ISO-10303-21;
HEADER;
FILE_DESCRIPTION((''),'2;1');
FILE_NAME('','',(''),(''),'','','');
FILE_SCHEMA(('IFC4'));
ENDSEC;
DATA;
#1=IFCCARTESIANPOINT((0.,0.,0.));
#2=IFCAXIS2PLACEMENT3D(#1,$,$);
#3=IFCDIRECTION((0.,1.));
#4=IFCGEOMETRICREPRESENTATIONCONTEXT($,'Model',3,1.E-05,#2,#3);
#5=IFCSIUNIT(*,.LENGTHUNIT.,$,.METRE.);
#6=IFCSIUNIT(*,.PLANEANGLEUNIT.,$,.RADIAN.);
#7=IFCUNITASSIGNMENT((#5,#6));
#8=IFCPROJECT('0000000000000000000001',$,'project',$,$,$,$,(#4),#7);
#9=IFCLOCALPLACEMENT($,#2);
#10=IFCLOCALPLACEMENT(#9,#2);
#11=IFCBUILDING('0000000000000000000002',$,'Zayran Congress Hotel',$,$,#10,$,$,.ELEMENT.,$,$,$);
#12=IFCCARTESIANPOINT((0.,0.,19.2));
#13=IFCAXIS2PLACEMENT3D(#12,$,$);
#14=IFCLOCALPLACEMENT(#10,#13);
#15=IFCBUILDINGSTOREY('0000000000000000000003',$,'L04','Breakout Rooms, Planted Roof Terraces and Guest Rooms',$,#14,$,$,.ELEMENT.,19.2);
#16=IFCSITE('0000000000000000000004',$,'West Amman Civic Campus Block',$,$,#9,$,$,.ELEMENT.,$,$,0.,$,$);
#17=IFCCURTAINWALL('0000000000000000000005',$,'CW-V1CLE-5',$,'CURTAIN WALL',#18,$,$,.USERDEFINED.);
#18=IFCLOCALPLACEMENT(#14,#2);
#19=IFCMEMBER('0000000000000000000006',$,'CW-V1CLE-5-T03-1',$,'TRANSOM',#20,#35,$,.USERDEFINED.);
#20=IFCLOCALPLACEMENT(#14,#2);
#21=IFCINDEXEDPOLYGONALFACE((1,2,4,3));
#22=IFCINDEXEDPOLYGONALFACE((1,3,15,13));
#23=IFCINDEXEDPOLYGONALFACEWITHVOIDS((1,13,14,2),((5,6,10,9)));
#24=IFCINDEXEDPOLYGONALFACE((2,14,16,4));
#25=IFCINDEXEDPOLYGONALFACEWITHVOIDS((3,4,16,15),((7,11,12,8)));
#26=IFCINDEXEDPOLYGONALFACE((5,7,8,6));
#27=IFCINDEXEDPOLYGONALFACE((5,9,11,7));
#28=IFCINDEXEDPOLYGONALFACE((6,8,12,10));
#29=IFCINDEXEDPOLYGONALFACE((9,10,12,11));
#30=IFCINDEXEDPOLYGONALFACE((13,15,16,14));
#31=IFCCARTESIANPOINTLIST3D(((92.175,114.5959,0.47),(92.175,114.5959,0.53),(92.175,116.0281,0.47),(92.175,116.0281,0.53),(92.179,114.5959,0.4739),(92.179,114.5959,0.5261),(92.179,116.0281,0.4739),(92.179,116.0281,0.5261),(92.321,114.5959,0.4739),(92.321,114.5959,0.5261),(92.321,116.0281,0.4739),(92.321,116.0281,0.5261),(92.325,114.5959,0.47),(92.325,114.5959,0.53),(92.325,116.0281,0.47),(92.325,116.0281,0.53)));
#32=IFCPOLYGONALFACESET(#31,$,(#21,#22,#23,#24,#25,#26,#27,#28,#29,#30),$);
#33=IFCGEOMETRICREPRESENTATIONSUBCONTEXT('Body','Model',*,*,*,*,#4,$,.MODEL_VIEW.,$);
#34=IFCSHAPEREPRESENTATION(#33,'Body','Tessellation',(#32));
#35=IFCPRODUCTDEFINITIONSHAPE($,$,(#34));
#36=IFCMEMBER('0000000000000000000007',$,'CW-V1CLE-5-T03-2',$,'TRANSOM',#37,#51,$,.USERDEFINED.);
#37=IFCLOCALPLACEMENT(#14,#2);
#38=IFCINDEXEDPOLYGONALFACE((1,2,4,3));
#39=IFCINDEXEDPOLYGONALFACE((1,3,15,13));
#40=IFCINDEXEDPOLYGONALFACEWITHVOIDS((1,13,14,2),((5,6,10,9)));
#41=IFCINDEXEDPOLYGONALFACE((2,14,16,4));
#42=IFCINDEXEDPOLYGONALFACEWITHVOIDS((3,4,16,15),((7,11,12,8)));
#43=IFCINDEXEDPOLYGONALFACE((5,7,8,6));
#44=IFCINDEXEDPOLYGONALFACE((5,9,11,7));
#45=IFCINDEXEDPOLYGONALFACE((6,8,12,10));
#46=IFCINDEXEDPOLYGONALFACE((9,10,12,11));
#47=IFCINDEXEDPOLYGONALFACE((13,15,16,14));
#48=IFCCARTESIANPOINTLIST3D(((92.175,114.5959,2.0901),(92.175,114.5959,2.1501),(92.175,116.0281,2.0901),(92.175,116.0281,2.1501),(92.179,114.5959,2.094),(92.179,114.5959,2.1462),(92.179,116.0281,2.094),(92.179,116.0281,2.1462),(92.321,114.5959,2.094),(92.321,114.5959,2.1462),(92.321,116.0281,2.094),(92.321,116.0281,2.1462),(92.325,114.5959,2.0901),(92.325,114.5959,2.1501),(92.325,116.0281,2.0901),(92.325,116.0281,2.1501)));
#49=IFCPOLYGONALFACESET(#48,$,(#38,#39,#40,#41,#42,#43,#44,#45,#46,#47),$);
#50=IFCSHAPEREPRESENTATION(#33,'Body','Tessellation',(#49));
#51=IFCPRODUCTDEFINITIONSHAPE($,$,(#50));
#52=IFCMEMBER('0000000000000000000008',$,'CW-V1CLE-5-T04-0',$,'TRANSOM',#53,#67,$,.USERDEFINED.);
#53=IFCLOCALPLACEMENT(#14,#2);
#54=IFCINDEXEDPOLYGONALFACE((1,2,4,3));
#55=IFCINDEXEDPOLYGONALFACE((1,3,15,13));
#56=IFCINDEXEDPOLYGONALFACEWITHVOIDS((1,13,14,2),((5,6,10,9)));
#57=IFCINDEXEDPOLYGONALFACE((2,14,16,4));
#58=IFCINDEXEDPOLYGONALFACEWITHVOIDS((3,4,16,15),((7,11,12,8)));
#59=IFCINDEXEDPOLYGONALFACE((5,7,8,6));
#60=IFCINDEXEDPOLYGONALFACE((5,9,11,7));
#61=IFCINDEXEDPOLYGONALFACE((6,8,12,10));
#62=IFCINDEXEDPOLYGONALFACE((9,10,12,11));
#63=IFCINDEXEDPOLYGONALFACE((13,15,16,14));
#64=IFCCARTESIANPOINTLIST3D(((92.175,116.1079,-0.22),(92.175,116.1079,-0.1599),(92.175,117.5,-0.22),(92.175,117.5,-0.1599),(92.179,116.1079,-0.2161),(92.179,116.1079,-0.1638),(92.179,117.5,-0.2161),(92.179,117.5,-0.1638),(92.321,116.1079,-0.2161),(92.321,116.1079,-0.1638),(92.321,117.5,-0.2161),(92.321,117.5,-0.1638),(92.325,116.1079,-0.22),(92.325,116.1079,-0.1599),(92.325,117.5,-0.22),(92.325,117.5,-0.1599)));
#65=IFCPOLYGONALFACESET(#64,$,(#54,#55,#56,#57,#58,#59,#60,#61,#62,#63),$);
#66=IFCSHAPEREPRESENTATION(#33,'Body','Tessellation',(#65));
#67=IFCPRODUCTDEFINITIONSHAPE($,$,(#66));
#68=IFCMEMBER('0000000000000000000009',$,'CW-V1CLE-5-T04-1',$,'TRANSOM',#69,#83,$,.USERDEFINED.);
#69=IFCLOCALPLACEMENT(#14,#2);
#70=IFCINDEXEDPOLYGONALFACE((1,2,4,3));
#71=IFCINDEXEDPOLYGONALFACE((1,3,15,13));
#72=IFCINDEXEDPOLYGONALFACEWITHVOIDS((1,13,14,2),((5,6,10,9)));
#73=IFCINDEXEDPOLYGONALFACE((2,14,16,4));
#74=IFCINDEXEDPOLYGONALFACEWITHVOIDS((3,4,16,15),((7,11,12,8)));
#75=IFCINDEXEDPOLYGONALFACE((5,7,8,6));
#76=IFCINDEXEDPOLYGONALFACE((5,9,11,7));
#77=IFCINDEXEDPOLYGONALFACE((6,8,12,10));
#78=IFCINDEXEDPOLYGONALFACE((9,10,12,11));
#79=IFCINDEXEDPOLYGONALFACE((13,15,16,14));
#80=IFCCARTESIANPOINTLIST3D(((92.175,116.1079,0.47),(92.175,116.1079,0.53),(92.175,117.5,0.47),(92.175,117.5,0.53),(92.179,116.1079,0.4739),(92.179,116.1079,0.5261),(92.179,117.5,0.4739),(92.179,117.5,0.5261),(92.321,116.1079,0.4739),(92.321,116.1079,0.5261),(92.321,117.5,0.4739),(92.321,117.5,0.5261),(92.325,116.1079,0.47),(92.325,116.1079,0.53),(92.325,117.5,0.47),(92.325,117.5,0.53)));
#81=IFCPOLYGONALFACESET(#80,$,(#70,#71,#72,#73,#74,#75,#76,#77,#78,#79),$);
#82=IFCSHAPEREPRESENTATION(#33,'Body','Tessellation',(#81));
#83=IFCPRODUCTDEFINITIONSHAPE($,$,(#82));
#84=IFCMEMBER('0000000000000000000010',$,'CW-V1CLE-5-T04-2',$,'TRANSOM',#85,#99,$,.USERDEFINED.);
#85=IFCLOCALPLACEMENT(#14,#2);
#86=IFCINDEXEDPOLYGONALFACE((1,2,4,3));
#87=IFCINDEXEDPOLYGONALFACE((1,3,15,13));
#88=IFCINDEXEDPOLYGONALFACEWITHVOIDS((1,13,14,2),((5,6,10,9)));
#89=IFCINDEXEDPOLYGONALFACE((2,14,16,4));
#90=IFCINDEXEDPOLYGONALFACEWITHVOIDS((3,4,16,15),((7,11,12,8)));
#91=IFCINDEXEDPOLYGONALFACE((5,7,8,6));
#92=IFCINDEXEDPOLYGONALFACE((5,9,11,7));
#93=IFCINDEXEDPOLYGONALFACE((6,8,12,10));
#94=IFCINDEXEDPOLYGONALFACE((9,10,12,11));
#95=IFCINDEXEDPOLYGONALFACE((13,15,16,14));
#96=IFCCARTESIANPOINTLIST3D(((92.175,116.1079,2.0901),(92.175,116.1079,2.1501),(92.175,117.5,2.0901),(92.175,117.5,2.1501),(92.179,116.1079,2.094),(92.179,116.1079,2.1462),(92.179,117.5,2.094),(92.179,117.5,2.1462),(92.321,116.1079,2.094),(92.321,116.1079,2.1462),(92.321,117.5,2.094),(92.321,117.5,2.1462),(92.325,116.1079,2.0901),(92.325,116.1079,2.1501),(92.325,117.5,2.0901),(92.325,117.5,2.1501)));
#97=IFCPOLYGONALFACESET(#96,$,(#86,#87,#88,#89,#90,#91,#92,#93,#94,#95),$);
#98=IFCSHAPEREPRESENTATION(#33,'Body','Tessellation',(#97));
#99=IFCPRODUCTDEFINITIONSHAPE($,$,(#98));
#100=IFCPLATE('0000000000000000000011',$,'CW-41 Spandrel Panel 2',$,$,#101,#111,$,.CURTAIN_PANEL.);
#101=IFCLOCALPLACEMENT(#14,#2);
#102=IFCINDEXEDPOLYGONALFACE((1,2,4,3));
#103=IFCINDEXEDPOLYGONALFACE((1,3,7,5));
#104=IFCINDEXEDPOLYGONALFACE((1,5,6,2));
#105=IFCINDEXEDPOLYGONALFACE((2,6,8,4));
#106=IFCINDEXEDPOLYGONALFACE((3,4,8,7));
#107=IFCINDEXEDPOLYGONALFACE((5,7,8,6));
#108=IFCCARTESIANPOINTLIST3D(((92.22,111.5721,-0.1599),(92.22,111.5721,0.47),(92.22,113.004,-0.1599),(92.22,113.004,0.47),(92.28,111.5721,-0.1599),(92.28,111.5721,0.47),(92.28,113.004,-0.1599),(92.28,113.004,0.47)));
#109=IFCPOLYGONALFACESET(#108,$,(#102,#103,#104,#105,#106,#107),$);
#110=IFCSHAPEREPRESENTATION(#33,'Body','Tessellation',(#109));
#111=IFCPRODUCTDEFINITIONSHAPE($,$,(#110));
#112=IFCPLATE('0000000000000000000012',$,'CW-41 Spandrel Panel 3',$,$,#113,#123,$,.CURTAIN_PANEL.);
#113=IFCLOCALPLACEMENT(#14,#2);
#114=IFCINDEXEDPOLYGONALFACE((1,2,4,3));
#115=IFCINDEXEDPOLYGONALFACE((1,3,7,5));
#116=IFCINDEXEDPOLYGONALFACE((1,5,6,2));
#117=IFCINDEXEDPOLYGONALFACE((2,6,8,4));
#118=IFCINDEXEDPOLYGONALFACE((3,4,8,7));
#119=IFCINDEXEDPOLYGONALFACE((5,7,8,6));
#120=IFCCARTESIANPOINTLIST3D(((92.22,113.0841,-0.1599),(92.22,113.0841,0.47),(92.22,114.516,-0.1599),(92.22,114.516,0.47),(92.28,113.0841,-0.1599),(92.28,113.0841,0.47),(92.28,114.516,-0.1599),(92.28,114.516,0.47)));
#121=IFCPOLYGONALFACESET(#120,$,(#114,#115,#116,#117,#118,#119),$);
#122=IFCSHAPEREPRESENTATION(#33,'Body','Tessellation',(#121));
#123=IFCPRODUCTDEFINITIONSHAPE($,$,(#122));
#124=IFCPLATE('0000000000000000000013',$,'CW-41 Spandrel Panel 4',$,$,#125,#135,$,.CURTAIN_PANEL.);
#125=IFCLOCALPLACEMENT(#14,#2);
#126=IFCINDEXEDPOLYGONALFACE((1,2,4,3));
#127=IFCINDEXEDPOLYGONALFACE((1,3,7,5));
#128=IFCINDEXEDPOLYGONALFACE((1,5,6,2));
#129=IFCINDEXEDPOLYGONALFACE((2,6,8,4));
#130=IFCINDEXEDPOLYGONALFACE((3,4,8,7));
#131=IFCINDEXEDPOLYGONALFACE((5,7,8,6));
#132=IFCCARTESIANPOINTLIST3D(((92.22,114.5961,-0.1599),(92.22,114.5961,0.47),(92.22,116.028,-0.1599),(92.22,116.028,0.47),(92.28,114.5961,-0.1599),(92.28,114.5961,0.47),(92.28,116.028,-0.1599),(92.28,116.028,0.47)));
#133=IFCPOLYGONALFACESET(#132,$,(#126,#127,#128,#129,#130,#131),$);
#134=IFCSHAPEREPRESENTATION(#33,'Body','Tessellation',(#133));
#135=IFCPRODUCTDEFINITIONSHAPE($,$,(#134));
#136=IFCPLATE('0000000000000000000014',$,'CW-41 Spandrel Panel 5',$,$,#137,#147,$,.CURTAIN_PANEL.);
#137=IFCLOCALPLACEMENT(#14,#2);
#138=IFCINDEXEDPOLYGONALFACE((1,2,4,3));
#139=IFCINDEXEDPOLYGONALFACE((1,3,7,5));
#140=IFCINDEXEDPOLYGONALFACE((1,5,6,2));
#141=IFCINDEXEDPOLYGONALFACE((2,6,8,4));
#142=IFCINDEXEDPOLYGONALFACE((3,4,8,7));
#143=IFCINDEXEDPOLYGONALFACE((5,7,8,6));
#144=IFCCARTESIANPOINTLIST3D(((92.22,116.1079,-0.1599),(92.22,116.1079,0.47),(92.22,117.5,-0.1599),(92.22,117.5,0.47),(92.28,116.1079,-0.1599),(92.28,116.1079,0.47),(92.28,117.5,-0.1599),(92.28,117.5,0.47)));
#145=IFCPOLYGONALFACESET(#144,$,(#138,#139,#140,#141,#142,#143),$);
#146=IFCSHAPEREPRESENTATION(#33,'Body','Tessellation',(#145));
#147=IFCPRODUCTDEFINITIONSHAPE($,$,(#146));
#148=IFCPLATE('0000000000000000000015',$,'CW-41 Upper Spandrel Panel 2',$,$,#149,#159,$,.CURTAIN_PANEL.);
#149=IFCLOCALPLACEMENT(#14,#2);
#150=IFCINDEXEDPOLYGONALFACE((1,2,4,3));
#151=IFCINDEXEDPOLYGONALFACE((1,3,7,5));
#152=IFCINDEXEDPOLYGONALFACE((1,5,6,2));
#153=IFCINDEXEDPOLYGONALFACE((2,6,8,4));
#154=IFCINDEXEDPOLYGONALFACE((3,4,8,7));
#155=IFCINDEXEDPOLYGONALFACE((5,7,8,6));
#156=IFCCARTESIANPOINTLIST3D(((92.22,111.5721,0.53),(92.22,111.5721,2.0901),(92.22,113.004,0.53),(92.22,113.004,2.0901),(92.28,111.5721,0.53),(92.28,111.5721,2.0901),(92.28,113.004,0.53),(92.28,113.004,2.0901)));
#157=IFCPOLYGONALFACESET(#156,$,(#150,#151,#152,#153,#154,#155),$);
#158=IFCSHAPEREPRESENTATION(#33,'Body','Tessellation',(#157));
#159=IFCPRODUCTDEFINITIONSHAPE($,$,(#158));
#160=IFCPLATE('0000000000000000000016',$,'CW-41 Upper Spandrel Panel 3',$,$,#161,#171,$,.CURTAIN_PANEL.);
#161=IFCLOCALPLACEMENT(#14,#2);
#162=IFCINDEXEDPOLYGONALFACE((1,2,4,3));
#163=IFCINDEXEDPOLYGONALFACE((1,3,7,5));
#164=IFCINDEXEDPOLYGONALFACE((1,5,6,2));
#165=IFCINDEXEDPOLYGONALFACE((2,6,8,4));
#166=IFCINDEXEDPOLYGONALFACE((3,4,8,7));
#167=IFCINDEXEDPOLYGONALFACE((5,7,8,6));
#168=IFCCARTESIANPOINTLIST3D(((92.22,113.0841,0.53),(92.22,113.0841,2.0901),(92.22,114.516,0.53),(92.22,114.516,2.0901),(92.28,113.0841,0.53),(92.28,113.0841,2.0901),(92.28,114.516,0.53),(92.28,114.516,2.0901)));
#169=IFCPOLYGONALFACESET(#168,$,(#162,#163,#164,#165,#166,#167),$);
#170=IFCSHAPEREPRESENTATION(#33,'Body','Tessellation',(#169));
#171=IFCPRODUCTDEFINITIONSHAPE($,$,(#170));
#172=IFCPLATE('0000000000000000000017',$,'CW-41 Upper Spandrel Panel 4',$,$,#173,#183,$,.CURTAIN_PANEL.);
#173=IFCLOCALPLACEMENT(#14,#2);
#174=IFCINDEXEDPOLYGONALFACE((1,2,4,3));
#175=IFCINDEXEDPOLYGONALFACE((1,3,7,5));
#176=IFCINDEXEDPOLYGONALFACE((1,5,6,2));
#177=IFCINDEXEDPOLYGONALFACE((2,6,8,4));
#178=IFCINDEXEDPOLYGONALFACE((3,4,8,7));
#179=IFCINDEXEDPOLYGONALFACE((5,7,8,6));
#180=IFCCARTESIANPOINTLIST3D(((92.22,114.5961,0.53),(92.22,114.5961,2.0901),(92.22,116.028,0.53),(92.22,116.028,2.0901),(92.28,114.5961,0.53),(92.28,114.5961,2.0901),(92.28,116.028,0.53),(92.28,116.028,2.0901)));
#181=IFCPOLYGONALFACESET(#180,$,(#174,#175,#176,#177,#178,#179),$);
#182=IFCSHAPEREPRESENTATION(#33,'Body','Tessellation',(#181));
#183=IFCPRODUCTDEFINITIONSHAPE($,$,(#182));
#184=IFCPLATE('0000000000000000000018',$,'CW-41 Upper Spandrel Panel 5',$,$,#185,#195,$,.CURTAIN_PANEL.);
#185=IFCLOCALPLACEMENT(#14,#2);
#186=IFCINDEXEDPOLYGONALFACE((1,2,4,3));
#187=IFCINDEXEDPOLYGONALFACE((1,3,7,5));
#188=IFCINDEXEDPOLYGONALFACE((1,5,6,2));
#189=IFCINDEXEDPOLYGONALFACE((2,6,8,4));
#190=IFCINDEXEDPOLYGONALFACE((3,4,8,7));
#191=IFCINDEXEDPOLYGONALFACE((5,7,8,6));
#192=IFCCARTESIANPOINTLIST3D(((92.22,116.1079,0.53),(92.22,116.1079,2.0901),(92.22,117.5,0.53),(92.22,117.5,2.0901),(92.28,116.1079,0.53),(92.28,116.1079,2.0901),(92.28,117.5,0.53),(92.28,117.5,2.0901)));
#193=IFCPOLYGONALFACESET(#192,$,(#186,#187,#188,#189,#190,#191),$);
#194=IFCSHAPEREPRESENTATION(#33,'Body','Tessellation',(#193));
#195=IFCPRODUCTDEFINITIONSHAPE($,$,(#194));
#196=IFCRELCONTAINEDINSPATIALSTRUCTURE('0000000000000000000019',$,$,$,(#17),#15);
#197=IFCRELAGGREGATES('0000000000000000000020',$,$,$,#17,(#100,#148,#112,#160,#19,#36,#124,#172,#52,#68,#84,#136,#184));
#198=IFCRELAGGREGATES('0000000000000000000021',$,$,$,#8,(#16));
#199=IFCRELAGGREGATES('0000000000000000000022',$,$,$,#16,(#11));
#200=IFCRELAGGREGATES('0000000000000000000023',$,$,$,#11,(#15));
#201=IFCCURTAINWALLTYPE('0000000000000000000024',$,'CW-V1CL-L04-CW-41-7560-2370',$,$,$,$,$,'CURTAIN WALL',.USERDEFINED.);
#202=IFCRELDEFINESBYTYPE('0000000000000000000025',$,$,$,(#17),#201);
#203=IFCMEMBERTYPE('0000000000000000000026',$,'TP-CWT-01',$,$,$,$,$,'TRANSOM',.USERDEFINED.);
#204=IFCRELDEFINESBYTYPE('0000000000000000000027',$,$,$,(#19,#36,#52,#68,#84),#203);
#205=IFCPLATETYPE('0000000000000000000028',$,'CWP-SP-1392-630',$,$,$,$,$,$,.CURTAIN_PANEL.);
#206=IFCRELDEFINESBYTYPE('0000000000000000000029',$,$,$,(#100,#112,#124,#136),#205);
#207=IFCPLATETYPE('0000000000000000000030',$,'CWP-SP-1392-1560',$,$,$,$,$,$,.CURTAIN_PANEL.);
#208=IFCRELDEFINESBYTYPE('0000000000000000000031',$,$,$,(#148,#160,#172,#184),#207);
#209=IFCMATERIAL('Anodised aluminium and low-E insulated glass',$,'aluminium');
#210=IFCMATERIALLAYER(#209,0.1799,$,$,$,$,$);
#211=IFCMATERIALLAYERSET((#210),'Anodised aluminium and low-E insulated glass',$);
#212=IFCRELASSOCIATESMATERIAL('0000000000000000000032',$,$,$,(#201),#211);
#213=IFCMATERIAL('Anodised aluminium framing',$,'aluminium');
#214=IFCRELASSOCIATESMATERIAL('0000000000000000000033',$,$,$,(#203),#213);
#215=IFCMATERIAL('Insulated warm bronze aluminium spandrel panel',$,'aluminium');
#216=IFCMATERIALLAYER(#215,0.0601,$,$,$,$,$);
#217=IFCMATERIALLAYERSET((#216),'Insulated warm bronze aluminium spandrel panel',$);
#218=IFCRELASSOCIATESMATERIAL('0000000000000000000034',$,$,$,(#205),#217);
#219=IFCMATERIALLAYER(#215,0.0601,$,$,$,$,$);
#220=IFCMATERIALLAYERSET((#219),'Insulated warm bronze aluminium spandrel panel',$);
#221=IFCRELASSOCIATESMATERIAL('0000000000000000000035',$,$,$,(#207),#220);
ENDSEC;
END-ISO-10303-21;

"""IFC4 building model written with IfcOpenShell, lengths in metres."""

from ifc_helpers import new_model, si_unit, direction, frame, origin, origin_2d, place, context, subcontext, project, spatial, rectangle, hollow_rectangle, extrude, material, layer, layer_set, material_profile, profile_set, type_object, element, aggregate, save


model = new_model("IFC4")

# Units and contexts
model_context = context("Model", 3, precision=1e-05, world=origin(), true_north=direction((0.0, 1.0)))
body_context = subcontext(model_context, "Body", "Model", "MODEL_VIEW")
ifc_project = project(units=[si_unit("LENGTHUNIT", "METRE"), si_unit("PLANEANGLEUNIT", "RADIAN")], contexts=[model_context])

# Site, building, storey
site_placement = place(None, origin())
site = spatial("IfcSite", under=ifc_project, at=site_placement, Name="West Amman Civic Campus Block", CompositionType="ELEMENT", RefElevation=0.0)
building_placement = place(site_placement, origin())
building = spatial("IfcBuilding", under=site, at=building_placement, Name="Zayran Congress Hotel", CompositionType="ELEMENT")
storey_placement = place(building_placement, frame((0.0, 0.0, 19.2)))
storey = spatial("IfcBuildingStorey", under=building, at=storey_placement, Name="L04", Description="Breakout Rooms, Planted Roof Terraces and Guest Rooms", CompositionType="ELEMENT", Elevation=19.2)

# Curtain wall, members, plates
ifc_material_1 = material(Name="Anodised aluminium and low-E insulated glass", Category="aluminium")
ifc_layer_1 = layer(ifc_material_1, 0.1799)
ifc_layer_set_1 = layer_set([ifc_layer_1], Name="Anodised aluminium and low-E insulated glass")
curtain_wall_type = type_object("IfcCurtainWallType", Name="CW-V1CL-L04-CW-41-7560-2370", ElementType="CURTAIN WALL", PredefinedType="USERDEFINED", material=ifc_layer_set_1)
curtain_wall_placement = place(storey_placement, origin())
curtain_wall = element("IfcCurtainWall", 1, at=curtain_wall_placement, inside=storey, type_object=curtain_wall_type, Name="CW-V1CLE-5", ObjectType="CURTAIN WALL", PredefinedType="USERDEFINED")
ifc_material_2 = material(Name="Anodised aluminium framing", Category="aluminium")
ifc_material_profile_1 = material_profile(ifc_material_2, hollow_rectangle(XDim=0.0601, YDim=0.1499, WallThickness=0.0039, at=origin_2d()), Name="RHS 150x60x4")
ifc_profile_set_1 = profile_set([ifc_material_profile_1], Name="Anodised aluminium framing")
member_type_1 = type_object("IfcMemberType", Name="TP-CWT-01", ElementType="TRANSOM", PredefinedType="USERDEFINED", material=ifc_profile_set_1)
member_1_placement = place(storey_placement, frame((92.25, 114.5959, 0.5), z_axis=(0.0, 1.0, 0.0), x_axis=(0.0, 0.0, 1.0)))
member_1 = element("IfcMember", 2, at=member_1_placement, type_object=member_type_1, Name="CW-V1CLE-5-T03-1", ObjectType="TRANSOM", PredefinedType="USERDEFINED", context=body_context, shape_type="SweptSolid", body=[
    extrude(hollow_rectangle(XDim=0.0601, YDim=0.1499, WallThickness=0.0039, at=origin_2d()), origin(), (0.0, 0.0, 1.0), 1.4321),
])
member_2_placement = place(storey_placement, frame((92.25, 114.5959, 2.1201), z_axis=(0.0, 1.0, 0.0), x_axis=(0.0, 0.0, 1.0)))
member_2 = element("IfcMember", 3, at=member_2_placement, type_object=member_type_1, Name="CW-V1CLE-5-T03-2", ObjectType="TRANSOM", PredefinedType="USERDEFINED", context=body_context, shape_type="SweptSolid", body=[
    extrude(hollow_rectangle(XDim=0.0601, YDim=0.1499, WallThickness=0.0039, at=origin_2d()), origin(), (0.0, 0.0, 1.0), 1.4321),
])
member_3_placement = place(storey_placement, frame((92.25, 116.1079, -0.1899), z_axis=(0.0, 1.0, 0.0), x_axis=(0.0, 0.0, 1.0)))
member_3 = element("IfcMember", 4, at=member_3_placement, type_object=member_type_1, Name="CW-V1CLE-5-T04-0", ObjectType="TRANSOM", PredefinedType="USERDEFINED", context=body_context, shape_type="SweptSolid", body=[
    extrude(hollow_rectangle(XDim=0.0601, YDim=0.1499, WallThickness=0.0039, at=origin_2d()), origin(), (0.0, 0.0, 1.0), 1.3921),
])
member_4_placement = place(storey_placement, frame((92.25, 116.1079, 0.5), z_axis=(0.0, 1.0, 0.0), x_axis=(0.0, 0.0, 1.0)))
member_4 = element("IfcMember", 5, at=member_4_placement, type_object=member_type_1, Name="CW-V1CLE-5-T04-1", ObjectType="TRANSOM", PredefinedType="USERDEFINED", context=body_context, shape_type="SweptSolid", body=[
    extrude(hollow_rectangle(XDim=0.0601, YDim=0.1499, WallThickness=0.0039, at=origin_2d()), origin(), (0.0, 0.0, 1.0), 1.3921),
])
member_5_placement = place(storey_placement, frame((92.25, 116.1079, 2.1201), z_axis=(0.0, 1.0, 0.0), x_axis=(0.0, 0.0, 1.0)))
member_5 = element("IfcMember", 6, at=member_5_placement, type_object=member_type_1, Name="CW-V1CLE-5-T04-2", ObjectType="TRANSOM", PredefinedType="USERDEFINED", context=body_context, shape_type="SweptSolid", body=[
    extrude(hollow_rectangle(XDim=0.0601, YDim=0.1499, WallThickness=0.0039, at=origin_2d()), origin(), (0.0, 0.0, 1.0), 1.3921),
])
ifc_material_3 = material(Name="Insulated warm bronze aluminium spandrel panel", Category="aluminium")
ifc_layer_2 = layer(ifc_material_3, 0.0601)
ifc_layer_set_2 = layer_set([ifc_layer_2], Name="Insulated warm bronze aluminium spandrel panel")
plate_type_1 = type_object("IfcPlateType", Name="CWP-SP-1392-630", PredefinedType="CURTAIN_PANEL", material=ifc_layer_set_2)
plate_1_placement = place(storey_placement, frame((92.25, 112.2881, -0.1599), z_axis=(0.0, 0.0, 1.0), x_axis=(0.0, 1.0, 0.0)))
plate_1 = element("IfcPlate", 7, at=plate_1_placement, type_object=plate_type_1, Name="CW-41 Spandrel Panel 2", PredefinedType="CURTAIN_PANEL", context=body_context, shape_type="SweptSolid", body=[
    extrude(rectangle(XDim=1.4319, YDim=0.0601, at=origin_2d()), origin(), (0.0, 0.0, 1.0), 0.6299),
])
plate_2_placement = place(storey_placement, frame((92.25, 113.8, -0.1599), z_axis=(0.0, 0.0, 1.0), x_axis=(0.0, 1.0, 0.0)))
plate_2 = element("IfcPlate", 8, at=plate_2_placement, type_object=plate_type_1, Name="CW-41 Spandrel Panel 3", PredefinedType="CURTAIN_PANEL", context=body_context, shape_type="SweptSolid", body=[
    extrude(rectangle(XDim=1.4319, YDim=0.0601, at=origin_2d()), origin(), (0.0, 0.0, 1.0), 0.6299),
])
plate_3_placement = place(storey_placement, frame((92.25, 115.312, -0.1599), z_axis=(0.0, 0.0, 1.0), x_axis=(0.0, 1.0, 0.0)))
plate_3 = element("IfcPlate", 9, at=plate_3_placement, type_object=plate_type_1, Name="CW-41 Spandrel Panel 4", PredefinedType="CURTAIN_PANEL", context=body_context, shape_type="SweptSolid", body=[
    extrude(rectangle(XDim=1.4319, YDim=0.0601, at=origin_2d()), origin(), (0.0, 0.0, 1.0), 0.6299),
])
plate_4_placement = place(storey_placement, frame((92.25, 116.804, -0.1599), z_axis=(0.0, 0.0, 1.0), x_axis=(0.0, 1.0, 0.0)))
plate_4 = element("IfcPlate", 10, at=plate_4_placement, type_object=plate_type_1, Name="CW-41 Spandrel Panel 5", PredefinedType="CURTAIN_PANEL", context=body_context, shape_type="SweptSolid", body=[
    extrude(rectangle(XDim=1.3921, YDim=0.0601, at=origin_2d()), origin(), (0.0, 0.0, 1.0), 0.6299),
])
ifc_layer_3 = layer(ifc_material_3, 0.0601)
ifc_layer_set_3 = layer_set([ifc_layer_3], Name="Insulated warm bronze aluminium spandrel panel")
plate_type_2 = type_object("IfcPlateType", Name="CWP-SP-1392-1560", PredefinedType="CURTAIN_PANEL", material=ifc_layer_set_3)
plate_5_placement = place(storey_placement, frame((92.25, 112.2881, 0.53), z_axis=(0.0, 0.0, 1.0), x_axis=(0.0, 1.0, 0.0)))
plate_5 = element("IfcPlate", 11, at=plate_5_placement, type_object=plate_type_2, Name="CW-41 Upper Spandrel Panel 2", PredefinedType="CURTAIN_PANEL", context=body_context, shape_type="SweptSolid", body=[
    extrude(rectangle(XDim=1.4319, YDim=0.0601, at=origin_2d()), origin(), (0.0, 0.0, 1.0), 1.5601),
])
plate_6_placement = place(storey_placement, frame((92.25, 113.8, 0.53), z_axis=(0.0, 0.0, 1.0), x_axis=(0.0, 1.0, 0.0)))
plate_6 = element("IfcPlate", 12, at=plate_6_placement, type_object=plate_type_2, Name="CW-41 Upper Spandrel Panel 3", PredefinedType="CURTAIN_PANEL", context=body_context, shape_type="SweptSolid", body=[
    extrude(rectangle(XDim=1.4319, YDim=0.0601, at=origin_2d()), origin(), (0.0, 0.0, 1.0), 1.5601),
])
plate_7_placement = place(storey_placement, frame((92.25, 115.312, 0.53), z_axis=(0.0, 0.0, 1.0), x_axis=(0.0, 1.0, 0.0)))
plate_7 = element("IfcPlate", 13, at=plate_7_placement, type_object=plate_type_2, Name="CW-41 Upper Spandrel Panel 4", PredefinedType="CURTAIN_PANEL", context=body_context, shape_type="SweptSolid", body=[
    extrude(rectangle(XDim=1.4319, YDim=0.0601, at=origin_2d()), origin(), (0.0, 0.0, 1.0), 1.5601),
])
plate_8_placement = place(storey_placement, frame((92.25, 116.804, 0.53), z_axis=(0.0, 0.0, 1.0), x_axis=(0.0, 1.0, 0.0)))
plate_8 = element("IfcPlate", 14, at=plate_8_placement, type_object=plate_type_2, Name="CW-41 Upper Spandrel Panel 5", PredefinedType="CURTAIN_PANEL", context=body_context, shape_type="SweptSolid", body=[
    extrude(rectangle(XDim=1.3921, YDim=0.0601, at=origin_2d()), origin(), (0.0, 0.0, 1.0), 1.5601),
])
aggregate(curtain_wall, [plate_1, plate_5, plate_2, plate_6, member_1, member_2, plate_3, plate_7, member_3, member_4, member_5, plate_4, plate_8])

save(model, "model.ifc")
